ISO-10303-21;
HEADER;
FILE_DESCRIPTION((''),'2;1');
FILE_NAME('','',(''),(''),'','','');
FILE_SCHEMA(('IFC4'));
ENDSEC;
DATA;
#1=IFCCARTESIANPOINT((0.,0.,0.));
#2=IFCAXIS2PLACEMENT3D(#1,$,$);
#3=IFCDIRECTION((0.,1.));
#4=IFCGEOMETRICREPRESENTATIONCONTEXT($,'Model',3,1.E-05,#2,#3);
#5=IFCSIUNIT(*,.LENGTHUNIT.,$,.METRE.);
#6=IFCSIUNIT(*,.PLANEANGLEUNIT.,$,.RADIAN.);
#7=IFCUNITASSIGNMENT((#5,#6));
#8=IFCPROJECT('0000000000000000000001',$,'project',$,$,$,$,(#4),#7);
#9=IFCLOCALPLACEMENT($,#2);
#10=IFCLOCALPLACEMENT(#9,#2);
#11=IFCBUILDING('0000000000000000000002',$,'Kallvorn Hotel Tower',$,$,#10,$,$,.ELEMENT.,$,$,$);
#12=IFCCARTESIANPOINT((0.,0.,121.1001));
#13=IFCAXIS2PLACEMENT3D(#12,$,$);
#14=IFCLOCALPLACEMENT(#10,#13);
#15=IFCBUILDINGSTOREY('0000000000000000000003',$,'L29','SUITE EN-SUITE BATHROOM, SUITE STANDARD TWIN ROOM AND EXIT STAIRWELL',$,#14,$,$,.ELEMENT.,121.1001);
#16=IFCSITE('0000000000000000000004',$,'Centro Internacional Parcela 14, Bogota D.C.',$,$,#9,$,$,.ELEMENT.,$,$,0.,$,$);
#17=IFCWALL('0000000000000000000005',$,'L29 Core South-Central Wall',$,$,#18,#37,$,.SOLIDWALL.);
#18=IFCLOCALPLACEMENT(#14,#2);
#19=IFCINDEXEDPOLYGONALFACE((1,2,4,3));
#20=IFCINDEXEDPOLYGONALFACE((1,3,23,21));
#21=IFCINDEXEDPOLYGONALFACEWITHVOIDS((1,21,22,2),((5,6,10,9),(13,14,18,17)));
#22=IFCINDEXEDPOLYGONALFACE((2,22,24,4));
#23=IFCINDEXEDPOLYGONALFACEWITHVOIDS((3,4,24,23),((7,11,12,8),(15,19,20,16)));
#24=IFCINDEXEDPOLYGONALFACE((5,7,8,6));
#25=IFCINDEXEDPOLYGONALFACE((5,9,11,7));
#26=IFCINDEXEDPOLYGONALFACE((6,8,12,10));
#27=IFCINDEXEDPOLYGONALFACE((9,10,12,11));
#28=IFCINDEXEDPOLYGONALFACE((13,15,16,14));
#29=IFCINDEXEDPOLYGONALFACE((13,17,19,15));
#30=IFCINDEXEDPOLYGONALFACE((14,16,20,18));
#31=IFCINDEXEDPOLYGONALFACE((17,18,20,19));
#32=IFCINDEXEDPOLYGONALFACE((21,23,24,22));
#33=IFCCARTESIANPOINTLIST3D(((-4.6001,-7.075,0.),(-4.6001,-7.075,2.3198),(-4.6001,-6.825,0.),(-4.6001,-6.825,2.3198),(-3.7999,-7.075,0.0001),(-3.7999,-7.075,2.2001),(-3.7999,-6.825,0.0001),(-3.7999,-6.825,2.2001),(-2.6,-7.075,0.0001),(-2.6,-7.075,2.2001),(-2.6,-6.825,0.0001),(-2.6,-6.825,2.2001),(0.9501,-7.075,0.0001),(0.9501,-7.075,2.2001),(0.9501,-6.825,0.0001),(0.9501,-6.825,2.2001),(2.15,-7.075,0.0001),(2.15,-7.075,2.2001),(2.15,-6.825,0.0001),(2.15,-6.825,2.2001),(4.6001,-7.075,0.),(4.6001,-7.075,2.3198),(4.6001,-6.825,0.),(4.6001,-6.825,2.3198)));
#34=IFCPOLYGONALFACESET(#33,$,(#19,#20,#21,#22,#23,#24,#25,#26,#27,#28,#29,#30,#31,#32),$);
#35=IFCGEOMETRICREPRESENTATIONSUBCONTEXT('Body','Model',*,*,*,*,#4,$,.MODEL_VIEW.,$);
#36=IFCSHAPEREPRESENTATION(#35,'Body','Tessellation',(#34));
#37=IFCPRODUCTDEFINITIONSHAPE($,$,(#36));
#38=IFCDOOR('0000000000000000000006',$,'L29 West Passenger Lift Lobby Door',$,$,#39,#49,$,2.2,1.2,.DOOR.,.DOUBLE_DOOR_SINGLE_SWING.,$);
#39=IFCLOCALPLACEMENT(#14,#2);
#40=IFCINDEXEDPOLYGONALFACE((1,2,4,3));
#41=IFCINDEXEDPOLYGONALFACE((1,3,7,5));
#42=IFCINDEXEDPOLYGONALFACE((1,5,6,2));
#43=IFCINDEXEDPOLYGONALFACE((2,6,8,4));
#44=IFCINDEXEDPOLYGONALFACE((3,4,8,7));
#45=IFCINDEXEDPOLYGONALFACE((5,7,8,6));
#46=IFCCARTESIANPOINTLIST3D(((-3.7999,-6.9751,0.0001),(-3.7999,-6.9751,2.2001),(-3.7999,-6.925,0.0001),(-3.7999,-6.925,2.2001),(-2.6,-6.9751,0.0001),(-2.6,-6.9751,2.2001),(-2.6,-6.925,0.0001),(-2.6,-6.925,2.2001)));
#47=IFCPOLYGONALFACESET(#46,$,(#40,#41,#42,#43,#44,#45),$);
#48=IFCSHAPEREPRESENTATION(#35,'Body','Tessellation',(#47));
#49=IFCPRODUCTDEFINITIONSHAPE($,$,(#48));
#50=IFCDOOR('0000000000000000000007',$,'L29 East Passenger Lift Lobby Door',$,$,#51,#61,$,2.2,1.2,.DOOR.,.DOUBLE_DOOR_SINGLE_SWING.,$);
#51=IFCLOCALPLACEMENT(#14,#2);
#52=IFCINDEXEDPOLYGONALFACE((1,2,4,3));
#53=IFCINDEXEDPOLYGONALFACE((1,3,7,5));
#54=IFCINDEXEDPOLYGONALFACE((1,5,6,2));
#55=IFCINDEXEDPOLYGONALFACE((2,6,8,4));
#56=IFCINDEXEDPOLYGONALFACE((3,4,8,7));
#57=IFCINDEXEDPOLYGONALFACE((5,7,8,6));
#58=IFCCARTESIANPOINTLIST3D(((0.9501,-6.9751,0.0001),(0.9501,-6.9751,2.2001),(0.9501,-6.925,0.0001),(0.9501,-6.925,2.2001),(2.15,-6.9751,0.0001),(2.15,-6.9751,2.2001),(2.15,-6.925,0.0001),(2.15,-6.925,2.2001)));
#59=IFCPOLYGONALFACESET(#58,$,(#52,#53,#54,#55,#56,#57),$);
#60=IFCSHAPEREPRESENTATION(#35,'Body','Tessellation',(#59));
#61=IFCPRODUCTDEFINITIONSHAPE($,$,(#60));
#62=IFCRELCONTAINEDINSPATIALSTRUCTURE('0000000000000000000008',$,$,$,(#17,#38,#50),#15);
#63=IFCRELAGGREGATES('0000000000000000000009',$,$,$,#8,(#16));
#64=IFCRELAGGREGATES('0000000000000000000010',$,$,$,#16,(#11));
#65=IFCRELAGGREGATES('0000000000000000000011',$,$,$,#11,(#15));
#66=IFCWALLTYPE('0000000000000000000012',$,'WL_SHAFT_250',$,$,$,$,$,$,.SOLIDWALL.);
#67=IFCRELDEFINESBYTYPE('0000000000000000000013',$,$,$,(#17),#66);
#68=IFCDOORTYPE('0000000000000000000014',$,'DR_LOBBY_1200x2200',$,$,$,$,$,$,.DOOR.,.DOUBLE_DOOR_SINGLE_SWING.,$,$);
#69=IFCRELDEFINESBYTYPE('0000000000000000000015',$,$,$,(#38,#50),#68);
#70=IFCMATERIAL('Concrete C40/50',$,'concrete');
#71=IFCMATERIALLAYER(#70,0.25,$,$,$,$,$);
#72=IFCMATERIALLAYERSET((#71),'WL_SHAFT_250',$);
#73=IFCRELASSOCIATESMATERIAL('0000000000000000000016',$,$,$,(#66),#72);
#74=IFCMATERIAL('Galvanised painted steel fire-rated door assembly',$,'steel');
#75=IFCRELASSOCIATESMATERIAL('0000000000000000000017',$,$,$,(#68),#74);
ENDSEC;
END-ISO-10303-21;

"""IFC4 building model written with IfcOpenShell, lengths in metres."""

from ifc_helpers import new_model, si_unit, direction, frame, frame_2d, origin, place, context, subcontext, project, spatial, rectangle, extrude, material, layer, layer_set, type_object, element, fill, save


model = new_model("IFC4")

# Units and contexts
model_context = context("Model", 3, precision=1e-05, world=origin(), true_north=direction((0.0, 1.0)))
body_context = subcontext(model_context, "Body", "Model", "MODEL_VIEW")
ifc_project = project(units=[si_unit("LENGTHUNIT", "METRE"), si_unit("PLANEANGLEUNIT", "RADIAN")], contexts=[model_context])

# Site, building, storey
site_placement = place(None, origin())
site = spatial("IfcSite", under=ifc_project, at=site_placement, Name="Centro Internacional Parcela 14, Bogota D.C.", CompositionType="ELEMENT", RefElevation=0.0)
building_placement = place(site_placement, origin())
building = spatial("IfcBuilding", under=site, at=building_placement, Name="Kallvorn Hotel Tower", CompositionType="ELEMENT")
storey_placement = place(building_placement, frame((0.0, 0.0, 121.1001)))
storey = spatial("IfcBuildingStorey", under=building, at=storey_placement, Name="L29", Description="SUITE EN-SUITE BATHROOM, SUITE STANDARD TWIN ROOM AND EXIT STAIRWELL", CompositionType="ELEMENT", Elevation=121.1001)

# Wall, openings, doors
ifc_material_1 = material(Name="Concrete C40/50", Category="concrete")
ifc_layer_1 = layer(ifc_material_1, 0.25)
ifc_layer_set_1 = layer_set([ifc_layer_1], Name="WL_SHAFT_250")
wall_type_1 = type_object("IfcWallType", Name="WL_SHAFT_250", PredefinedType="SOLIDWALL", material=ifc_layer_set_1)
wall_1_placement = place(storey_placement, frame((-4.6001, -6.95, 0.0), z_axis=(0.0, 0.0, 1.0), x_axis=(1.0, 0.0, 0.0)))
wall_1 = element("IfcWall", 1, at=wall_1_placement, inside=storey, type_object=wall_type_1, Name="L29 Core South-Central Wall", PredefinedType="SOLIDWALL", context=body_context, shape_type="SweptSolid", body=[
    extrude(rectangle(XDim=9.2002, YDim=0.25, at=frame_2d((4.6001, 0.0))), origin(), (0.0, 0.0, 1.0), 2.3198),
])
opening_1_placement = place(wall_1_placement, frame((0.8, 0.0, 0.0)))
opening_1 = element("IfcOpeningElement", 2, at=opening_1_placement, cuts=wall_1, PredefinedType="OPENING", context=body_context, shape_type="SweptSolid", body=[
    extrude(rectangle(XDim=1.2, YDim=2.2, at=frame_2d((0.6001, 1.1001))), frame((0.0, 0.1399, 0.0), z_axis=(0.0, -1.0, 0.0), x_axis=(1.0, 0.0, 0.0)), (0.0, 0.0, 1.0), 0.28),
])
opening_2_placement = place(wall_1_placement, frame((5.55, 0.0, 0.0)))
opening_2 = element("IfcOpeningElement", 3, at=opening_2_placement, cuts=wall_1, PredefinedType="OPENING", context=body_context, shape_type="SweptSolid", body=[
    extrude(rectangle(XDim=1.2, YDim=2.2, at=frame_2d((0.6001, 1.1001))), frame((0.0, 0.1399, 0.0), z_axis=(0.0, -1.0, 0.0), x_axis=(1.0, 0.0, 0.0)), (0.0, 0.0, 1.0), 0.28),
])
ifc_material_2 = material(Name="Galvanised painted steel fire-rated door assembly", Category="steel")
door_type_1 = type_object("IfcDoorType", Name="DR_LOBBY_1200x2200", OperationType="DOUBLE_DOOR_SINGLE_SWING", PredefinedType="DOOR", material=ifc_material_2)
door_1_placement = place(opening_1_placement, origin())
door_1 = element("IfcDoor", 4, at=door_1_placement, inside=storey, type_object=door_type_1, Name="L29 West Passenger Lift Lobby Door", OperationType="DOUBLE_DOOR_SINGLE_SWING", OverallHeight=2.2, OverallWidth=1.2, PredefinedType="DOOR", context=body_context, shape_type="SweptSolid", body=[
    extrude(rectangle(XDim=1.2, YDim=2.2, at=frame_2d((0.6001, 1.1001))), frame((0.0, 0.0249, 0.0), z_axis=(0.0, -1.0, 0.0), x_axis=(1.0, 0.0, 0.0)), (0.0, 0.0, 1.0), 0.05),
])
fill(opening_1, door_1)
door_2_placement = place(opening_2_placement, origin())
door_2 = element("IfcDoor", 5, at=door_2_placement, inside=storey, type_object=door_type_1, Name="L29 East Passenger Lift Lobby Door", OperationType="DOUBLE_DOOR_SINGLE_SWING", OverallHeight=2.2, OverallWidth=1.2, PredefinedType="DOOR", context=body_context, shape_type="SweptSolid", body=[
    extrude(rectangle(XDim=1.2, YDim=2.2, at=frame_2d((0.6001, 1.1001))), frame((0.0, 0.0249, 0.0), z_axis=(0.0, -1.0, 0.0), x_axis=(1.0, 0.0, 0.0)), (0.0, 0.0, 1.0), 0.05),
])
fill(opening_2, door_2)

save(model, "model.ifc")
